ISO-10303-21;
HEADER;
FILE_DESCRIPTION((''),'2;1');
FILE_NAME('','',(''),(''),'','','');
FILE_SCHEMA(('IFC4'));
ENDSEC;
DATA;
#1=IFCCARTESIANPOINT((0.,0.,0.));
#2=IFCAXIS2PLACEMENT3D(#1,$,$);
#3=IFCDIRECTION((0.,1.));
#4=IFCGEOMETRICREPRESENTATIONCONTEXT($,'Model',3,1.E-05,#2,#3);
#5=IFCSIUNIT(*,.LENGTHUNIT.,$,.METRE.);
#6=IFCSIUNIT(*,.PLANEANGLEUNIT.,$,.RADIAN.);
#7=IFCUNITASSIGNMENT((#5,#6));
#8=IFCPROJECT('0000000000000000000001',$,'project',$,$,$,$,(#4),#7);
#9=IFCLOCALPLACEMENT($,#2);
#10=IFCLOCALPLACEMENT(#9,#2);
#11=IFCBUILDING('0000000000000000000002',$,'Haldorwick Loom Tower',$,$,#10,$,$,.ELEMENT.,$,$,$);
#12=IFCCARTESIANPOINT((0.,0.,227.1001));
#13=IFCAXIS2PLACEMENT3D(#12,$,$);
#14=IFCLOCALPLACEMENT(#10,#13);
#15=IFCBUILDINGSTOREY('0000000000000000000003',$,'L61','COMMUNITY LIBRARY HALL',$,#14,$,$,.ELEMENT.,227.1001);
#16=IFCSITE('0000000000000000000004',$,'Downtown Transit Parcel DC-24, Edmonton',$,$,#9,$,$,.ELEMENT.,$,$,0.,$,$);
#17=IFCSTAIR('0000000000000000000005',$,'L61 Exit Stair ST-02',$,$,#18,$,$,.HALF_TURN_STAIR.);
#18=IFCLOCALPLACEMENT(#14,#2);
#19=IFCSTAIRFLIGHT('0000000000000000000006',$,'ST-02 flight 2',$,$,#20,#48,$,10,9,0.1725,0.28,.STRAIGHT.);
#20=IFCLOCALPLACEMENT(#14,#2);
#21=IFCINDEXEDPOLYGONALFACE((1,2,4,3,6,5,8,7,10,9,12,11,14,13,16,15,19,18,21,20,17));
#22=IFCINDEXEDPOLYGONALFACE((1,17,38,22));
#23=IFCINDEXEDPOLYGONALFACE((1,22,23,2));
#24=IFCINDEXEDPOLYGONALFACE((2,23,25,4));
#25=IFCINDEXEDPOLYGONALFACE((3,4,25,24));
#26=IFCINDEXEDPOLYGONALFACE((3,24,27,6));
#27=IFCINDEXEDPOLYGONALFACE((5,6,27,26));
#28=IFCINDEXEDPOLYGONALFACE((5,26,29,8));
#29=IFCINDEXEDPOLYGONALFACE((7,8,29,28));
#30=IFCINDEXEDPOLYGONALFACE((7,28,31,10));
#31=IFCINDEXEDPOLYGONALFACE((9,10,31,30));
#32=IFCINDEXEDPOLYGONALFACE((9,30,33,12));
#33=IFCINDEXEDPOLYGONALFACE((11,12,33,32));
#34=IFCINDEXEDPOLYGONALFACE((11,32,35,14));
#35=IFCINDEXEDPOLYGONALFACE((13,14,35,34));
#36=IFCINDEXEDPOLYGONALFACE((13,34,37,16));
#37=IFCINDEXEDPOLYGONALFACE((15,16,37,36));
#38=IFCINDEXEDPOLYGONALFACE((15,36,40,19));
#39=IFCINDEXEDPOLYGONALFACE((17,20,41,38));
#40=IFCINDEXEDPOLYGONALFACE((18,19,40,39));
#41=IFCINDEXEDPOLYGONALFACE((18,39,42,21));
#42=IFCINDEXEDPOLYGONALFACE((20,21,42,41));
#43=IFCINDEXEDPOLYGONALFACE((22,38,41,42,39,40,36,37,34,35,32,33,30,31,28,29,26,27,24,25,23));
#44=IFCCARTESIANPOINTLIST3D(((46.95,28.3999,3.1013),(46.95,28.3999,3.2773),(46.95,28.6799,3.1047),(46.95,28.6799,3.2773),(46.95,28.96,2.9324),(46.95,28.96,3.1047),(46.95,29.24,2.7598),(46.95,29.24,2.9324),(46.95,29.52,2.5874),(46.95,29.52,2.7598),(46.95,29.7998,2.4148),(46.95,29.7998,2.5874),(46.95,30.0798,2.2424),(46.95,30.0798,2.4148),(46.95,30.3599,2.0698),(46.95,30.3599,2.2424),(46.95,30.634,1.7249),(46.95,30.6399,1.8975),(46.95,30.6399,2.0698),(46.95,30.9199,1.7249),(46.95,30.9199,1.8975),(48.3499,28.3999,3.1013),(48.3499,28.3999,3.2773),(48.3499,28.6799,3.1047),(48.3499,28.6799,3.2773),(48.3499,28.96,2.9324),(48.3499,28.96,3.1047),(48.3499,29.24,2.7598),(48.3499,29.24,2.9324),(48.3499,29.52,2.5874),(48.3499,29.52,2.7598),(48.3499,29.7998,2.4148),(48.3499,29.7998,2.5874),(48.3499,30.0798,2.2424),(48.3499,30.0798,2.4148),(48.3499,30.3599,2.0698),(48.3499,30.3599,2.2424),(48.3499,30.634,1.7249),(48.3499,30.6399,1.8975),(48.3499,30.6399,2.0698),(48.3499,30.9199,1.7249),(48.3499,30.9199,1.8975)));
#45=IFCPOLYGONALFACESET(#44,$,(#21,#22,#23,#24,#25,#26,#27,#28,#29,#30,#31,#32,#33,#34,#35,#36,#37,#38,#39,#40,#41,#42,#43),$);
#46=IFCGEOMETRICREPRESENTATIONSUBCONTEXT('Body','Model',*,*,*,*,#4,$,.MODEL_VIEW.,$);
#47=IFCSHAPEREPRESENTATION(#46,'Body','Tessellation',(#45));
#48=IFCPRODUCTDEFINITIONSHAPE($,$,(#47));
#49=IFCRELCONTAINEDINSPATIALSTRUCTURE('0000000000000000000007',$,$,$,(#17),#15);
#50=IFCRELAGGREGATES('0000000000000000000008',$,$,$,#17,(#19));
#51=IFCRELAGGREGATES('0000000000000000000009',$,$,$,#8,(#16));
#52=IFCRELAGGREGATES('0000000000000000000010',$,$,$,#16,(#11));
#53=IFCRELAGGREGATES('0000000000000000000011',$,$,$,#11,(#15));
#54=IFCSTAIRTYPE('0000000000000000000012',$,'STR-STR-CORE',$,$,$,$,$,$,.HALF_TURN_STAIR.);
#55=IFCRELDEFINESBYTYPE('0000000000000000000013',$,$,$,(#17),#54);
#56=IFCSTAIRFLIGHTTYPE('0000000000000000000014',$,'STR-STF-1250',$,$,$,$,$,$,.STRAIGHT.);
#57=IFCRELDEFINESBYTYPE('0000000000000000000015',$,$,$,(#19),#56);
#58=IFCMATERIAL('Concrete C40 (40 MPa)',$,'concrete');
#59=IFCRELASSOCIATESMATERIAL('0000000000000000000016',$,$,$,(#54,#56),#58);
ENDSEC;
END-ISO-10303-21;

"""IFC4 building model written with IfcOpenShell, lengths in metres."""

from ifc_helpers import new_model, si_unit, direction, frame, origin, place, context, subcontext, project, spatial, polyline, outline, extrude, material, type_object, element, aggregate, save


model = new_model("IFC4")

# Units and contexts
model_context = context("Model", 3, precision=1e-05, world=origin(), true_north=direction((0.0, 1.0)))
body_context = subcontext(model_context, "Body", "Model", "MODEL_VIEW")
ifc_project = project(units=[si_unit("LENGTHUNIT", "METRE"), si_unit("PLANEANGLEUNIT", "RADIAN")], contexts=[model_context])

# Site, building, storey
site_placement = place(None, origin())
site = spatial("IfcSite", under=ifc_project, at=site_placement, Name="Downtown Transit Parcel DC-24, Edmonton", CompositionType="ELEMENT", RefElevation=0.0)
building_placement = place(site_placement, origin())
building = spatial("IfcBuilding", under=site, at=building_placement, Name="Haldorwick Loom Tower", CompositionType="ELEMENT")
storey_placement = place(building_placement, frame((0.0, 0.0, 227.1001)))
storey = spatial("IfcBuildingStorey", under=building, at=storey_placement, Name="L61", Description="COMMUNITY LIBRARY HALL", CompositionType="ELEMENT", Elevation=227.1001)

# Stair, stair flight
ifc_material_1 = material(Name="Concrete C40 (40 MPa)", Category="concrete")
stair_type = type_object("IfcStairType", Name="STR-STR-CORE", PredefinedType="HALF_TURN_STAIR", material=ifc_material_1)
stair_placement = place(storey_placement, origin())
stair = element("IfcStair", 1, at=stair_placement, inside=storey, type_object=stair_type, Name="L61 Exit Stair ST-02", PredefinedType="HALF_TURN_STAIR")
stair_flight_type = type_object("IfcStairFlightType", Name="STR-STF-1250", PredefinedType="STRAIGHT", material=ifc_material_1)
stair_flight_1_placement = place(storey_placement, frame((47.6499, 30.9199, 1.7249), z_axis=(0.0, 0.0, 1.0), x_axis=(0.0, -1.0, 0.0)))
stair_flight_1 = element("IfcStairFlight", 2, at=stair_flight_1_placement, type_object=stair_flight_type, Name="ST-02 flight 2", NumberOfRisers=10, NumberOfTreads=9, PredefinedType="STRAIGHT", RiserHeight=0.1725, TreadLength=0.28, context=body_context, shape_type="SweptSolid", body=[
    extrude(outline(polyline([(0.0, 0.0), (0.0, 0.1726), (0.28, 0.1726), (0.28, 0.345), (0.5601, 0.345), (0.5601, 0.5176), (0.8401, 0.5176), (0.8401, 0.6899), (1.1201, 0.6899), (1.1201, 0.8625), (1.3999, 0.8625), (1.3999, 1.0349), (1.6799, 1.0349), (1.6799, 1.2075), (1.96, 1.2075), (1.96, 1.3799), (2.24, 1.3799), (2.24, 1.5525), (2.52, 1.5525), (2.52, 1.7251), (2.52, 1.3765), (0.2859, 0.0), (0.0, 0.0)])), frame((0.0, 0.7, 0.0), z_axis=(0.0, -1.0, 0.0), x_axis=(1.0, 0.0, 0.0)), (0.0, 0.0, 1.0), 1.3999),
])
aggregate(stair, [stair_flight_1])

save(model, "model.ifc")
